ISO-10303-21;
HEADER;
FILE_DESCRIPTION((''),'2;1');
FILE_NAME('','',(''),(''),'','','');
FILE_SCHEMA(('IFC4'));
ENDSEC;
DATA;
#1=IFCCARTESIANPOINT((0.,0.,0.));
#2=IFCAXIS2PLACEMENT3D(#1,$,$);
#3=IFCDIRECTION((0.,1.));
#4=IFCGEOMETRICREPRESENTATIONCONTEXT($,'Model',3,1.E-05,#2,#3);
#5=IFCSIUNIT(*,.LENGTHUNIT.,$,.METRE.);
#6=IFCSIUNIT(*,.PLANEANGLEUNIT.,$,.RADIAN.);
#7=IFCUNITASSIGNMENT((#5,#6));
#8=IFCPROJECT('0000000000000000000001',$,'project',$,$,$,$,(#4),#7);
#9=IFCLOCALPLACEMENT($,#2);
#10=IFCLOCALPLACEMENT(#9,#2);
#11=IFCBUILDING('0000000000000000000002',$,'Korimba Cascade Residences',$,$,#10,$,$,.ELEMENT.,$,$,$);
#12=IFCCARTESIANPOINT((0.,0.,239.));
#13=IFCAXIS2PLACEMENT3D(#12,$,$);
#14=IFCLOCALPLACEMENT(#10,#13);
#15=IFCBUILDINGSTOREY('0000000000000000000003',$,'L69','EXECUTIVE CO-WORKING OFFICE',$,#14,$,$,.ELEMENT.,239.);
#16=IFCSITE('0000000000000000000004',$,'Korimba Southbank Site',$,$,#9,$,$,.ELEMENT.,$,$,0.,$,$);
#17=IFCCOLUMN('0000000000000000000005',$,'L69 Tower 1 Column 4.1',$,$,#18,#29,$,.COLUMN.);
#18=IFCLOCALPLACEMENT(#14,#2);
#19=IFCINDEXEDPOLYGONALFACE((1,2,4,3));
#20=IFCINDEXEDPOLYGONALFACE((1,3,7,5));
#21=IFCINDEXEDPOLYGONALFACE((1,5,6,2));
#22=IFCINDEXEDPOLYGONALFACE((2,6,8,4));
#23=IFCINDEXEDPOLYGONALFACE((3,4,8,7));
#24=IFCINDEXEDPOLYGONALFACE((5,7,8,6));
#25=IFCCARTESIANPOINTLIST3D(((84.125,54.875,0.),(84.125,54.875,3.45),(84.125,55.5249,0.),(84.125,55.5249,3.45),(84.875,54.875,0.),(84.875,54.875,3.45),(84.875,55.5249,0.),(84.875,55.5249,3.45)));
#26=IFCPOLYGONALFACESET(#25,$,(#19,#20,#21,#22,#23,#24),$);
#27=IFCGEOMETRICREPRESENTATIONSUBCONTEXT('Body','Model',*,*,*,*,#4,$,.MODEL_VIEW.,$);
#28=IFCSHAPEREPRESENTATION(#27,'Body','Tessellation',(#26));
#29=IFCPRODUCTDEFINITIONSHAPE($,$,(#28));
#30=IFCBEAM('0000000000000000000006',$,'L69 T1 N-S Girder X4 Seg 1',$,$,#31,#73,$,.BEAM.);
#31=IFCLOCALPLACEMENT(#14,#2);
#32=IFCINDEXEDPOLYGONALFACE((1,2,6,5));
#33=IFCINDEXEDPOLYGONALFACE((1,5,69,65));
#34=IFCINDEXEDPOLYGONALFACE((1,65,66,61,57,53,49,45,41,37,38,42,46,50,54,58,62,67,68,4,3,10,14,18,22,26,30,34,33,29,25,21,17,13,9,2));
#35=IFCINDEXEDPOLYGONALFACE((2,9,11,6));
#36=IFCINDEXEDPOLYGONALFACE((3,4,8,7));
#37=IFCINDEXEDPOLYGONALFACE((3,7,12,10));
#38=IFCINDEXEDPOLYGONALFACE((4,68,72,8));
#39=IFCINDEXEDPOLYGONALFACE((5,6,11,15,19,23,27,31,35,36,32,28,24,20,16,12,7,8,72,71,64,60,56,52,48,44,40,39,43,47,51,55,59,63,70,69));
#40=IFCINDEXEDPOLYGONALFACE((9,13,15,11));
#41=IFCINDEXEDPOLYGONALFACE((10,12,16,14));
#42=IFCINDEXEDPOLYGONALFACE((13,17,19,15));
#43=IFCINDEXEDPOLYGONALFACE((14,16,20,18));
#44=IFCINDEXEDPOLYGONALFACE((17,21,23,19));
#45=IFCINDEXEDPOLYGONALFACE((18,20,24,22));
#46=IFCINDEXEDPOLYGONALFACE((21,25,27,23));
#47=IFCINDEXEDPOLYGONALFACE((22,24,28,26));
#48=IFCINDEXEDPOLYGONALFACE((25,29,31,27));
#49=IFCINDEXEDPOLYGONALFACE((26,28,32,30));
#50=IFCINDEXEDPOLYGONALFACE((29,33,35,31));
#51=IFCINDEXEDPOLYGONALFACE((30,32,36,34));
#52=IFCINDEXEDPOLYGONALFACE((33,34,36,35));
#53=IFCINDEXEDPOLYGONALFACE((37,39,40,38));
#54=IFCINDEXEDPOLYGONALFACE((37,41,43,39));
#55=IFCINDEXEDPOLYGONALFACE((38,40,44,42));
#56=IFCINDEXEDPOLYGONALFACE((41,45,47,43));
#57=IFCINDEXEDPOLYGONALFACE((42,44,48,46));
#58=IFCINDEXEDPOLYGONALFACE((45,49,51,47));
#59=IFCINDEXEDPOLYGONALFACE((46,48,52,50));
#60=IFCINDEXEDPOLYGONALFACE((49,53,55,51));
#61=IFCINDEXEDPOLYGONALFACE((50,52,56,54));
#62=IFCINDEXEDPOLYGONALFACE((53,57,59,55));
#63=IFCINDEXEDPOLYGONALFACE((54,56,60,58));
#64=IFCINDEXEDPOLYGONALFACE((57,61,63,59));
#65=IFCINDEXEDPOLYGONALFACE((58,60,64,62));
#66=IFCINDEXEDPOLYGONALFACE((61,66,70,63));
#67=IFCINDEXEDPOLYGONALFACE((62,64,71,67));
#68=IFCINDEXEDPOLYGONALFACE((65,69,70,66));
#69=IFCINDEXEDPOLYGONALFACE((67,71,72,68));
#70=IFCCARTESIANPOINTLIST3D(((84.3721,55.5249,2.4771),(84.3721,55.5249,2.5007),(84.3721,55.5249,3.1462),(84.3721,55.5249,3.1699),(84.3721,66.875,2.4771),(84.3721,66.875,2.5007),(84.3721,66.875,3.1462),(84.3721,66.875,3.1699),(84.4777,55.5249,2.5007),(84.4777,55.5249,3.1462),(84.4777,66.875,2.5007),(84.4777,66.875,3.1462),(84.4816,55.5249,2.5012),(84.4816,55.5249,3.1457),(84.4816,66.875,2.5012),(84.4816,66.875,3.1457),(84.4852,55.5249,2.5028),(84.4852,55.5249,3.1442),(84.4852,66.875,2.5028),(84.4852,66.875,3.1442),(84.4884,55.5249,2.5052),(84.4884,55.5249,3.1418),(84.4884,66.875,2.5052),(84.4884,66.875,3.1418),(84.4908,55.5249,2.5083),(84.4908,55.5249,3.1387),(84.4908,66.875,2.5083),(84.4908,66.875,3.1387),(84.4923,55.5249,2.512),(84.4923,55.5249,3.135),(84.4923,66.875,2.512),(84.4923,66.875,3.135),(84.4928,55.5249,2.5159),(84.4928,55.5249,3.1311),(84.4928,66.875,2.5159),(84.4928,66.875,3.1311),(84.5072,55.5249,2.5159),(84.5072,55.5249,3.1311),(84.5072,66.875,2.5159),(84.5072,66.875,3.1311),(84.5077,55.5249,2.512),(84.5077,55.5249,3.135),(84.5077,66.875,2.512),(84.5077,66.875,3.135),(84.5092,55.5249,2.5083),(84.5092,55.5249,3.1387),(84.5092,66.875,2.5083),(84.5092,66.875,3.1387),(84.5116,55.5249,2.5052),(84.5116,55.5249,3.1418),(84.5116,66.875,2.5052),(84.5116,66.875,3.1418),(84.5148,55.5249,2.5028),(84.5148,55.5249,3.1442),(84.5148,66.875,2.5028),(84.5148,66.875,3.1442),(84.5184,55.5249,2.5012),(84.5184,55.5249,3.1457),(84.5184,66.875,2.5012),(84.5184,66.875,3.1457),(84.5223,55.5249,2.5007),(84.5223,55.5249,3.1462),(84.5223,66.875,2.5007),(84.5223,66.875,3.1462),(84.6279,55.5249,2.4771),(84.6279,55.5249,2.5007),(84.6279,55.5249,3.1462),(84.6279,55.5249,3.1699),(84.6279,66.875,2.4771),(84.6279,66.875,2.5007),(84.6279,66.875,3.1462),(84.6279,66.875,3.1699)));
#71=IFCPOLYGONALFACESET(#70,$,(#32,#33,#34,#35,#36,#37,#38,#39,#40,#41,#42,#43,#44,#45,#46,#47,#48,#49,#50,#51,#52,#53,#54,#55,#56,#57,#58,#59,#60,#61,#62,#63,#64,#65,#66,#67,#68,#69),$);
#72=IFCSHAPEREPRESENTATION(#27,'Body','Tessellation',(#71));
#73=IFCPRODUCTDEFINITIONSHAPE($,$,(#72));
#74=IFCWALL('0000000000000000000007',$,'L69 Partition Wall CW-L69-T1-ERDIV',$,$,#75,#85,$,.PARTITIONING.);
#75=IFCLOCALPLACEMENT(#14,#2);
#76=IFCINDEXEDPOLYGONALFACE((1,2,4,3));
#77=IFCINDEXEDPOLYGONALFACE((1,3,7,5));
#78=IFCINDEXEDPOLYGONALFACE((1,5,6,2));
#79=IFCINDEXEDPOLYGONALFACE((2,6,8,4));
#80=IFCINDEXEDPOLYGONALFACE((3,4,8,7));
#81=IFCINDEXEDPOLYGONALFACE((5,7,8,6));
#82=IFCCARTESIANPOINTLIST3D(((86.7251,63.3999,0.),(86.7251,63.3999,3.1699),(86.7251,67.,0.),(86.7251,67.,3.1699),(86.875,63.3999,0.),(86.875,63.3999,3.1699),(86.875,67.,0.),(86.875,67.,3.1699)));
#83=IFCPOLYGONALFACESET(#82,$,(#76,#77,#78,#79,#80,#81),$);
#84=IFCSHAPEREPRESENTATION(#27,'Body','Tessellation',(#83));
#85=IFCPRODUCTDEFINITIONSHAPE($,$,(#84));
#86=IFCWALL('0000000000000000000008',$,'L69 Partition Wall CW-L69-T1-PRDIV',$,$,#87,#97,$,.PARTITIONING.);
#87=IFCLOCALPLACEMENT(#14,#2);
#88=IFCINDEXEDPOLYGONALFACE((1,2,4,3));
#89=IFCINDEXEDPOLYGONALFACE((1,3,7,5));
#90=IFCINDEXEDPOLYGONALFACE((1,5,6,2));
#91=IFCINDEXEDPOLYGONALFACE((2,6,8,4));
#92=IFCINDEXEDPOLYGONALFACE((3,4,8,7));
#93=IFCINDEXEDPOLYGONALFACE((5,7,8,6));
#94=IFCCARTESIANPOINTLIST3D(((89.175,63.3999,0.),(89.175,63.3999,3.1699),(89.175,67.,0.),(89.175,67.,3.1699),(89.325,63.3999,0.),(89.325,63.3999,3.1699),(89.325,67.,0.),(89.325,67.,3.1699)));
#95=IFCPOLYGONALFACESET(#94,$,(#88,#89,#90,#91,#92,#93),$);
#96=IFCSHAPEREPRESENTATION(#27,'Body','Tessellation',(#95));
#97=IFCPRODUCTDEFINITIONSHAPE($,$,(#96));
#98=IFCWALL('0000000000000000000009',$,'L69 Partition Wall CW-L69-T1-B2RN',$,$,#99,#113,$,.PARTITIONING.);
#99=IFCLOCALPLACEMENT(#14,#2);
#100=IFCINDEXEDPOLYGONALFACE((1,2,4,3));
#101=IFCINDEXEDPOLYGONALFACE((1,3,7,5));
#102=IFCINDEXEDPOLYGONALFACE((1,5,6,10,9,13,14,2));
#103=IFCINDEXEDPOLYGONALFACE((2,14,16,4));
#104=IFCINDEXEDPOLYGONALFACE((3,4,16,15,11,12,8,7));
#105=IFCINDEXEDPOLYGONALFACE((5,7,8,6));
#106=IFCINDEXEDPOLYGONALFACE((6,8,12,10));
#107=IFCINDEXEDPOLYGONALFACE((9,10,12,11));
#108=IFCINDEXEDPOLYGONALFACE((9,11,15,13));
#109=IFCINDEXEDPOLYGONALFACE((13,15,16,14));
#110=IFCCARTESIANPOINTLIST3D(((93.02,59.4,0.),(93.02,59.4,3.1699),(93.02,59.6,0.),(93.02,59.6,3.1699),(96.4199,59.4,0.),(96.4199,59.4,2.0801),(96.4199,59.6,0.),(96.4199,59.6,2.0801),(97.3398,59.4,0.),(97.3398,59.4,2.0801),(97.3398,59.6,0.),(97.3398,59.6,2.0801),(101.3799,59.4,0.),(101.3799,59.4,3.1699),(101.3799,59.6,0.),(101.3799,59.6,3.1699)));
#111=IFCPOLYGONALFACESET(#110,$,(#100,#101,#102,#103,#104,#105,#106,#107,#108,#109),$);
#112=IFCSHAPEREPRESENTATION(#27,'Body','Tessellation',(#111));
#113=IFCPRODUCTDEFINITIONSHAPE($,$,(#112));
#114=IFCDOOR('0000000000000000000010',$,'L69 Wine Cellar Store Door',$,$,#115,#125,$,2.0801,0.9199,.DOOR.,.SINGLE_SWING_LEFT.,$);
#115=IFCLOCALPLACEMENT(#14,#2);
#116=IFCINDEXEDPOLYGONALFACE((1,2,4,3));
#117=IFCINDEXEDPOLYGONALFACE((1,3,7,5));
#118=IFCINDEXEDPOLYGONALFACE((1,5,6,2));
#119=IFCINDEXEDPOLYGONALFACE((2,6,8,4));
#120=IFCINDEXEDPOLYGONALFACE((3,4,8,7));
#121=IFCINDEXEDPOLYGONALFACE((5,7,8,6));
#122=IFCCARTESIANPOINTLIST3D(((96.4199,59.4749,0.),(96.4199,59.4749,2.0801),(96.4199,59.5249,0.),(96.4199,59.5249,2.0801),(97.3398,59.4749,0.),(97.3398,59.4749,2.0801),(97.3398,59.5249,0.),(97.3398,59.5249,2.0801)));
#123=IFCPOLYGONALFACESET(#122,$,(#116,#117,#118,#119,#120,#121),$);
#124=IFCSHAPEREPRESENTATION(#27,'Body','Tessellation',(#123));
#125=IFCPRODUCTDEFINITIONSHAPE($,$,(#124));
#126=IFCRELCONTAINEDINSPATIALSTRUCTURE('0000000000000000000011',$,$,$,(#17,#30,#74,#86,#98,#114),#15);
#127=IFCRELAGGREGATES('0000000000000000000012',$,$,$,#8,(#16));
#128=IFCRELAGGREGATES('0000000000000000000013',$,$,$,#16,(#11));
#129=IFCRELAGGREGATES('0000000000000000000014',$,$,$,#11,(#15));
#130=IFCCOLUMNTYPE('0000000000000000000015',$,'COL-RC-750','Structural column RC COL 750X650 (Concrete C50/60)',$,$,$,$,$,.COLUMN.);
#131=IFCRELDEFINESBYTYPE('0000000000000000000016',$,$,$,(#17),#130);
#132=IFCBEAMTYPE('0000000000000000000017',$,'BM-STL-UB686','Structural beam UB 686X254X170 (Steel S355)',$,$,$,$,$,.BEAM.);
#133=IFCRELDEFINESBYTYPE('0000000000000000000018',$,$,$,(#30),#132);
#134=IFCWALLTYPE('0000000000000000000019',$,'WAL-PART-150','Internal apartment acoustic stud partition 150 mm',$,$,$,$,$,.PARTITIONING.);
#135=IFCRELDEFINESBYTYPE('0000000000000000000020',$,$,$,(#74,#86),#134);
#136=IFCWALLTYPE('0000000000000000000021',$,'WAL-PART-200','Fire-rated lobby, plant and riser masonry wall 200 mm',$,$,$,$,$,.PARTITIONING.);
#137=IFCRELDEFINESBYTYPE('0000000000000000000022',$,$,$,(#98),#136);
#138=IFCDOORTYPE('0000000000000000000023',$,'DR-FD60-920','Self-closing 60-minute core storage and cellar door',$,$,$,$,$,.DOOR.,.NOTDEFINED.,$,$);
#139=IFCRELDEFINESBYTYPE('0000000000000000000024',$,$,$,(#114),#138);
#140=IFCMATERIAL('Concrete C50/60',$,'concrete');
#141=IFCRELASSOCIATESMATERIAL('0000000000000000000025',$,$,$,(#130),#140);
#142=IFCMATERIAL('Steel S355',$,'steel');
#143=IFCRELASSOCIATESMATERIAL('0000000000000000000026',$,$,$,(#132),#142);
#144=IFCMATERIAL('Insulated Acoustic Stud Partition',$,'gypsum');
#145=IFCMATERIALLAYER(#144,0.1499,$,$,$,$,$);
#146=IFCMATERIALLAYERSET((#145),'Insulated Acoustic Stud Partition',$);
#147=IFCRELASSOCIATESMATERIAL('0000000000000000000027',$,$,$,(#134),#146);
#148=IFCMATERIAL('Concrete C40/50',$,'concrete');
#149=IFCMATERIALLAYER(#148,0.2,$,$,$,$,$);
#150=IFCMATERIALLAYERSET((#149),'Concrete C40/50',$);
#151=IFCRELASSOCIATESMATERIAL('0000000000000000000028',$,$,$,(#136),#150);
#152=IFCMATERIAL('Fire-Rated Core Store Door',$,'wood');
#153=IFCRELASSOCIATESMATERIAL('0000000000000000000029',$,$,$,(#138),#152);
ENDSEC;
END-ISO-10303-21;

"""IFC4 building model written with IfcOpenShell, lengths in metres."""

from ifc_helpers import new_model, si_unit, direction, frame, frame_2d, origin, origin_2d, place, context, subcontext, project, spatial, rectangle, i_section, extrude, material, layer, layer_set, material_profile, profile_set, type_object, element, fill, save


model = new_model("IFC4")

# Units and contexts
model_context = context("Model", 3, precision=1e-05, world=origin(), true_north=direction((0.0, 1.0)))
body_context = subcontext(model_context, "Body", "Model", "MODEL_VIEW")
ifc_project = project(units=[si_unit("LENGTHUNIT", "METRE"), si_unit("PLANEANGLEUNIT", "RADIAN")], contexts=[model_context])

# Site, building, storey
site_placement = place(None, origin())
site = spatial("IfcSite", under=ifc_project, at=site_placement, Name="Korimba Southbank Site", CompositionType="ELEMENT", RefElevation=0.0)
building_placement = place(site_placement, origin())
building = spatial("IfcBuilding", under=site, at=building_placement, Name="Korimba Cascade Residences", CompositionType="ELEMENT")
storey_placement = place(building_placement, frame((0.0, 0.0, 239.0)))
storey = spatial("IfcBuildingStorey", under=building, at=storey_placement, Name="L69", Description="EXECUTIVE CO-WORKING OFFICE", CompositionType="ELEMENT", Elevation=239.0)

# Column
ifc_material_1 = material(Name="Concrete C50/60", Category="concrete")
ifc_material_profile_1 = material_profile(ifc_material_1, rectangle(XDim=0.75, YDim=0.6499, at=origin_2d()), Name="Concrete C50/60")
ifc_profile_set_1 = profile_set([ifc_material_profile_1], Name="Concrete C50/60")
column_type = type_object("IfcColumnType", Name="COL-RC-750", Description="Structural column RC COL 750X650 (Concrete C50/60)", PredefinedType="COLUMN", material=ifc_profile_set_1)
column_placement = place(storey_placement, frame((84.5, 55.2, 0.0), z_axis=(0.0, 0.0, 1.0), x_axis=(1.0, 0.0, 0.0)))
element("IfcColumn", 1, at=column_placement, inside=storey, type_object=column_type, Name="L69 Tower 1 Column 4.1", PredefinedType="COLUMN", context=body_context, shape_type="SweptSolid", body=[
    extrude(rectangle(XDim=0.75, YDim=0.6499, at=origin_2d()), origin(), (0.0, 0.0, 1.0), 3.45),
])

# Beam
ifc_material_2 = material(Name="Steel S355", Category="steel")
ifc_material_profile_2 = material_profile(ifc_material_2, i_section(OverallWidth=0.2559, OverallDepth=0.6929, WebThickness=0.0144, FlangeThickness=0.0237, FilletRadius=0.0151, at=origin_2d()), Name="Steel S355")
ifc_profile_set_2 = profile_set([ifc_material_profile_2], Name="Steel S355")
beam_type = type_object("IfcBeamType", Name="BM-STL-UB686", Description="Structural beam UB 686X254X170 (Steel S355)", PredefinedType="BEAM", material=ifc_profile_set_2)
beam_placement = place(storey_placement, frame((84.5, 55.5249, 2.8235), z_axis=(0.0, 1.0, 0.0), x_axis=(-1.0, 0.0, 0.0)))
element("IfcBeam", 2, at=beam_placement, inside=storey, type_object=beam_type, Name="L69 T1 N-S Girder X4 Seg 1", PredefinedType="BEAM", context=body_context, shape_type="SweptSolid", body=[
    extrude(i_section(OverallWidth=0.2559, OverallDepth=0.6929, WebThickness=0.0144, FlangeThickness=0.0237, FilletRadius=0.0151, at=origin_2d()), origin(), (0.0, 0.0, 1.0), 11.3501),
])

# Walls
ifc_material_3 = material(Name="Insulated Acoustic Stud Partition", Category="gypsum")
ifc_layer_1 = layer(ifc_material_3, 0.1499)
ifc_layer_set_1 = layer_set([ifc_layer_1], Name="Insulated Acoustic Stud Partition")
wall_type_1 = type_object("IfcWallType", Name="WAL-PART-150", Description="Internal apartment acoustic stud partition 150 mm", PredefinedType="PARTITIONING", material=ifc_layer_set_1)
for number, where, z_axis, x_axis, name in (
    (3, (86.8, 63.3999, 0.0), (0.0, 0.0, 1.0), (0.0, 1.0, 0.0), "L69 Partition Wall CW-L69-T1-ERDIV"),
    (4, (89.25, 63.3999, 0.0), (0.0, 0.0, 1.0), (0.0, 1.0, 0.0), "L69 Partition Wall CW-L69-T1-PRDIV"),
):
    element("IfcWall", number, at=place(storey_placement, frame(where, z_axis=z_axis, x_axis=x_axis)), inside=storey, type_object=wall_type_1, Name=name, PredefinedType="PARTITIONING", context=body_context, shape_type="SweptSolid", body=[
        extrude(rectangle(XDim=3.6001, YDim=0.1499, at=frame_2d((1.8, 0.0))), origin(), (0.0, 0.0, 1.0), 3.1699),
    ])

# Wall, opening, door
ifc_material_4 = material(Name="Concrete C40/50", Category="concrete")
ifc_layer_2 = layer(ifc_material_4, 0.2)
ifc_layer_set_2 = layer_set([ifc_layer_2], Name="Concrete C40/50")
wall_type_2 = type_object("IfcWallType", Name="WAL-PART-200", Description="Fire-rated lobby, plant and riser masonry wall 200 mm", PredefinedType="PARTITIONING", material=ifc_layer_set_2)
wall_1_placement = place(storey_placement, frame((93.02, 59.5, 0.0), z_axis=(0.0, 0.0, 1.0), x_axis=(1.0, 0.0, 0.0)))
wall_1 = element("IfcWall", 5, at=wall_1_placement, inside=storey, type_object=wall_type_2, Name="L69 Partition Wall CW-L69-T1-B2RN", PredefinedType="PARTITIONING", context=body_context, shape_type="SweptSolid", body=[
    extrude(rectangle(XDim=8.3599, YDim=0.2, at=frame_2d((4.1799, 0.0))), origin(), (0.0, 0.0, 1.0), 3.1699),
])
opening_1_placement = place(wall_1_placement, frame((3.3999, 0.0, 0.0)))
opening_1 = element("IfcOpeningElement", 6, at=opening_1_placement, cuts=wall_1, PredefinedType="OPENING", context=body_context, shape_type="SweptSolid", body=[
    extrude(rectangle(XDim=0.9199, YDim=2.0801, at=frame_2d((0.46, 1.04))), frame((0.0, 0.1099, 0.0), z_axis=(0.0, -1.0, 0.0), x_axis=(1.0, 0.0, 0.0)), (0.0, 0.0, 1.0), 0.22),
])
ifc_material_5 = material(Name="Fire-Rated Core Store Door", Category="wood")
door_type_1 = type_object("IfcDoorType", Name="DR-FD60-920", Description="Self-closing 60-minute core storage and cellar door", OperationType="NOTDEFINED", PredefinedType="DOOR", material=ifc_material_5)
door_1_placement = place(opening_1_placement, origin())
door_1 = element("IfcDoor", 7, at=door_1_placement, inside=storey, type_object=door_type_1, Name="L69 Wine Cellar Store Door", OperationType="SINGLE_SWING_LEFT", OverallHeight=2.0801, OverallWidth=0.9199, PredefinedType="DOOR", context=body_context, shape_type="SweptSolid", body=[
    extrude(rectangle(XDim=0.9199, YDim=2.0801, at=frame_2d((0.46, 1.04))), frame((0.0, 0.0249, 0.0), z_axis=(0.0, -1.0, 0.0), x_axis=(1.0, 0.0, 0.0)), (0.0, 0.0, 1.0), 0.05),
])
fill(opening_1, door_1)

save(model, "model.ifc")
